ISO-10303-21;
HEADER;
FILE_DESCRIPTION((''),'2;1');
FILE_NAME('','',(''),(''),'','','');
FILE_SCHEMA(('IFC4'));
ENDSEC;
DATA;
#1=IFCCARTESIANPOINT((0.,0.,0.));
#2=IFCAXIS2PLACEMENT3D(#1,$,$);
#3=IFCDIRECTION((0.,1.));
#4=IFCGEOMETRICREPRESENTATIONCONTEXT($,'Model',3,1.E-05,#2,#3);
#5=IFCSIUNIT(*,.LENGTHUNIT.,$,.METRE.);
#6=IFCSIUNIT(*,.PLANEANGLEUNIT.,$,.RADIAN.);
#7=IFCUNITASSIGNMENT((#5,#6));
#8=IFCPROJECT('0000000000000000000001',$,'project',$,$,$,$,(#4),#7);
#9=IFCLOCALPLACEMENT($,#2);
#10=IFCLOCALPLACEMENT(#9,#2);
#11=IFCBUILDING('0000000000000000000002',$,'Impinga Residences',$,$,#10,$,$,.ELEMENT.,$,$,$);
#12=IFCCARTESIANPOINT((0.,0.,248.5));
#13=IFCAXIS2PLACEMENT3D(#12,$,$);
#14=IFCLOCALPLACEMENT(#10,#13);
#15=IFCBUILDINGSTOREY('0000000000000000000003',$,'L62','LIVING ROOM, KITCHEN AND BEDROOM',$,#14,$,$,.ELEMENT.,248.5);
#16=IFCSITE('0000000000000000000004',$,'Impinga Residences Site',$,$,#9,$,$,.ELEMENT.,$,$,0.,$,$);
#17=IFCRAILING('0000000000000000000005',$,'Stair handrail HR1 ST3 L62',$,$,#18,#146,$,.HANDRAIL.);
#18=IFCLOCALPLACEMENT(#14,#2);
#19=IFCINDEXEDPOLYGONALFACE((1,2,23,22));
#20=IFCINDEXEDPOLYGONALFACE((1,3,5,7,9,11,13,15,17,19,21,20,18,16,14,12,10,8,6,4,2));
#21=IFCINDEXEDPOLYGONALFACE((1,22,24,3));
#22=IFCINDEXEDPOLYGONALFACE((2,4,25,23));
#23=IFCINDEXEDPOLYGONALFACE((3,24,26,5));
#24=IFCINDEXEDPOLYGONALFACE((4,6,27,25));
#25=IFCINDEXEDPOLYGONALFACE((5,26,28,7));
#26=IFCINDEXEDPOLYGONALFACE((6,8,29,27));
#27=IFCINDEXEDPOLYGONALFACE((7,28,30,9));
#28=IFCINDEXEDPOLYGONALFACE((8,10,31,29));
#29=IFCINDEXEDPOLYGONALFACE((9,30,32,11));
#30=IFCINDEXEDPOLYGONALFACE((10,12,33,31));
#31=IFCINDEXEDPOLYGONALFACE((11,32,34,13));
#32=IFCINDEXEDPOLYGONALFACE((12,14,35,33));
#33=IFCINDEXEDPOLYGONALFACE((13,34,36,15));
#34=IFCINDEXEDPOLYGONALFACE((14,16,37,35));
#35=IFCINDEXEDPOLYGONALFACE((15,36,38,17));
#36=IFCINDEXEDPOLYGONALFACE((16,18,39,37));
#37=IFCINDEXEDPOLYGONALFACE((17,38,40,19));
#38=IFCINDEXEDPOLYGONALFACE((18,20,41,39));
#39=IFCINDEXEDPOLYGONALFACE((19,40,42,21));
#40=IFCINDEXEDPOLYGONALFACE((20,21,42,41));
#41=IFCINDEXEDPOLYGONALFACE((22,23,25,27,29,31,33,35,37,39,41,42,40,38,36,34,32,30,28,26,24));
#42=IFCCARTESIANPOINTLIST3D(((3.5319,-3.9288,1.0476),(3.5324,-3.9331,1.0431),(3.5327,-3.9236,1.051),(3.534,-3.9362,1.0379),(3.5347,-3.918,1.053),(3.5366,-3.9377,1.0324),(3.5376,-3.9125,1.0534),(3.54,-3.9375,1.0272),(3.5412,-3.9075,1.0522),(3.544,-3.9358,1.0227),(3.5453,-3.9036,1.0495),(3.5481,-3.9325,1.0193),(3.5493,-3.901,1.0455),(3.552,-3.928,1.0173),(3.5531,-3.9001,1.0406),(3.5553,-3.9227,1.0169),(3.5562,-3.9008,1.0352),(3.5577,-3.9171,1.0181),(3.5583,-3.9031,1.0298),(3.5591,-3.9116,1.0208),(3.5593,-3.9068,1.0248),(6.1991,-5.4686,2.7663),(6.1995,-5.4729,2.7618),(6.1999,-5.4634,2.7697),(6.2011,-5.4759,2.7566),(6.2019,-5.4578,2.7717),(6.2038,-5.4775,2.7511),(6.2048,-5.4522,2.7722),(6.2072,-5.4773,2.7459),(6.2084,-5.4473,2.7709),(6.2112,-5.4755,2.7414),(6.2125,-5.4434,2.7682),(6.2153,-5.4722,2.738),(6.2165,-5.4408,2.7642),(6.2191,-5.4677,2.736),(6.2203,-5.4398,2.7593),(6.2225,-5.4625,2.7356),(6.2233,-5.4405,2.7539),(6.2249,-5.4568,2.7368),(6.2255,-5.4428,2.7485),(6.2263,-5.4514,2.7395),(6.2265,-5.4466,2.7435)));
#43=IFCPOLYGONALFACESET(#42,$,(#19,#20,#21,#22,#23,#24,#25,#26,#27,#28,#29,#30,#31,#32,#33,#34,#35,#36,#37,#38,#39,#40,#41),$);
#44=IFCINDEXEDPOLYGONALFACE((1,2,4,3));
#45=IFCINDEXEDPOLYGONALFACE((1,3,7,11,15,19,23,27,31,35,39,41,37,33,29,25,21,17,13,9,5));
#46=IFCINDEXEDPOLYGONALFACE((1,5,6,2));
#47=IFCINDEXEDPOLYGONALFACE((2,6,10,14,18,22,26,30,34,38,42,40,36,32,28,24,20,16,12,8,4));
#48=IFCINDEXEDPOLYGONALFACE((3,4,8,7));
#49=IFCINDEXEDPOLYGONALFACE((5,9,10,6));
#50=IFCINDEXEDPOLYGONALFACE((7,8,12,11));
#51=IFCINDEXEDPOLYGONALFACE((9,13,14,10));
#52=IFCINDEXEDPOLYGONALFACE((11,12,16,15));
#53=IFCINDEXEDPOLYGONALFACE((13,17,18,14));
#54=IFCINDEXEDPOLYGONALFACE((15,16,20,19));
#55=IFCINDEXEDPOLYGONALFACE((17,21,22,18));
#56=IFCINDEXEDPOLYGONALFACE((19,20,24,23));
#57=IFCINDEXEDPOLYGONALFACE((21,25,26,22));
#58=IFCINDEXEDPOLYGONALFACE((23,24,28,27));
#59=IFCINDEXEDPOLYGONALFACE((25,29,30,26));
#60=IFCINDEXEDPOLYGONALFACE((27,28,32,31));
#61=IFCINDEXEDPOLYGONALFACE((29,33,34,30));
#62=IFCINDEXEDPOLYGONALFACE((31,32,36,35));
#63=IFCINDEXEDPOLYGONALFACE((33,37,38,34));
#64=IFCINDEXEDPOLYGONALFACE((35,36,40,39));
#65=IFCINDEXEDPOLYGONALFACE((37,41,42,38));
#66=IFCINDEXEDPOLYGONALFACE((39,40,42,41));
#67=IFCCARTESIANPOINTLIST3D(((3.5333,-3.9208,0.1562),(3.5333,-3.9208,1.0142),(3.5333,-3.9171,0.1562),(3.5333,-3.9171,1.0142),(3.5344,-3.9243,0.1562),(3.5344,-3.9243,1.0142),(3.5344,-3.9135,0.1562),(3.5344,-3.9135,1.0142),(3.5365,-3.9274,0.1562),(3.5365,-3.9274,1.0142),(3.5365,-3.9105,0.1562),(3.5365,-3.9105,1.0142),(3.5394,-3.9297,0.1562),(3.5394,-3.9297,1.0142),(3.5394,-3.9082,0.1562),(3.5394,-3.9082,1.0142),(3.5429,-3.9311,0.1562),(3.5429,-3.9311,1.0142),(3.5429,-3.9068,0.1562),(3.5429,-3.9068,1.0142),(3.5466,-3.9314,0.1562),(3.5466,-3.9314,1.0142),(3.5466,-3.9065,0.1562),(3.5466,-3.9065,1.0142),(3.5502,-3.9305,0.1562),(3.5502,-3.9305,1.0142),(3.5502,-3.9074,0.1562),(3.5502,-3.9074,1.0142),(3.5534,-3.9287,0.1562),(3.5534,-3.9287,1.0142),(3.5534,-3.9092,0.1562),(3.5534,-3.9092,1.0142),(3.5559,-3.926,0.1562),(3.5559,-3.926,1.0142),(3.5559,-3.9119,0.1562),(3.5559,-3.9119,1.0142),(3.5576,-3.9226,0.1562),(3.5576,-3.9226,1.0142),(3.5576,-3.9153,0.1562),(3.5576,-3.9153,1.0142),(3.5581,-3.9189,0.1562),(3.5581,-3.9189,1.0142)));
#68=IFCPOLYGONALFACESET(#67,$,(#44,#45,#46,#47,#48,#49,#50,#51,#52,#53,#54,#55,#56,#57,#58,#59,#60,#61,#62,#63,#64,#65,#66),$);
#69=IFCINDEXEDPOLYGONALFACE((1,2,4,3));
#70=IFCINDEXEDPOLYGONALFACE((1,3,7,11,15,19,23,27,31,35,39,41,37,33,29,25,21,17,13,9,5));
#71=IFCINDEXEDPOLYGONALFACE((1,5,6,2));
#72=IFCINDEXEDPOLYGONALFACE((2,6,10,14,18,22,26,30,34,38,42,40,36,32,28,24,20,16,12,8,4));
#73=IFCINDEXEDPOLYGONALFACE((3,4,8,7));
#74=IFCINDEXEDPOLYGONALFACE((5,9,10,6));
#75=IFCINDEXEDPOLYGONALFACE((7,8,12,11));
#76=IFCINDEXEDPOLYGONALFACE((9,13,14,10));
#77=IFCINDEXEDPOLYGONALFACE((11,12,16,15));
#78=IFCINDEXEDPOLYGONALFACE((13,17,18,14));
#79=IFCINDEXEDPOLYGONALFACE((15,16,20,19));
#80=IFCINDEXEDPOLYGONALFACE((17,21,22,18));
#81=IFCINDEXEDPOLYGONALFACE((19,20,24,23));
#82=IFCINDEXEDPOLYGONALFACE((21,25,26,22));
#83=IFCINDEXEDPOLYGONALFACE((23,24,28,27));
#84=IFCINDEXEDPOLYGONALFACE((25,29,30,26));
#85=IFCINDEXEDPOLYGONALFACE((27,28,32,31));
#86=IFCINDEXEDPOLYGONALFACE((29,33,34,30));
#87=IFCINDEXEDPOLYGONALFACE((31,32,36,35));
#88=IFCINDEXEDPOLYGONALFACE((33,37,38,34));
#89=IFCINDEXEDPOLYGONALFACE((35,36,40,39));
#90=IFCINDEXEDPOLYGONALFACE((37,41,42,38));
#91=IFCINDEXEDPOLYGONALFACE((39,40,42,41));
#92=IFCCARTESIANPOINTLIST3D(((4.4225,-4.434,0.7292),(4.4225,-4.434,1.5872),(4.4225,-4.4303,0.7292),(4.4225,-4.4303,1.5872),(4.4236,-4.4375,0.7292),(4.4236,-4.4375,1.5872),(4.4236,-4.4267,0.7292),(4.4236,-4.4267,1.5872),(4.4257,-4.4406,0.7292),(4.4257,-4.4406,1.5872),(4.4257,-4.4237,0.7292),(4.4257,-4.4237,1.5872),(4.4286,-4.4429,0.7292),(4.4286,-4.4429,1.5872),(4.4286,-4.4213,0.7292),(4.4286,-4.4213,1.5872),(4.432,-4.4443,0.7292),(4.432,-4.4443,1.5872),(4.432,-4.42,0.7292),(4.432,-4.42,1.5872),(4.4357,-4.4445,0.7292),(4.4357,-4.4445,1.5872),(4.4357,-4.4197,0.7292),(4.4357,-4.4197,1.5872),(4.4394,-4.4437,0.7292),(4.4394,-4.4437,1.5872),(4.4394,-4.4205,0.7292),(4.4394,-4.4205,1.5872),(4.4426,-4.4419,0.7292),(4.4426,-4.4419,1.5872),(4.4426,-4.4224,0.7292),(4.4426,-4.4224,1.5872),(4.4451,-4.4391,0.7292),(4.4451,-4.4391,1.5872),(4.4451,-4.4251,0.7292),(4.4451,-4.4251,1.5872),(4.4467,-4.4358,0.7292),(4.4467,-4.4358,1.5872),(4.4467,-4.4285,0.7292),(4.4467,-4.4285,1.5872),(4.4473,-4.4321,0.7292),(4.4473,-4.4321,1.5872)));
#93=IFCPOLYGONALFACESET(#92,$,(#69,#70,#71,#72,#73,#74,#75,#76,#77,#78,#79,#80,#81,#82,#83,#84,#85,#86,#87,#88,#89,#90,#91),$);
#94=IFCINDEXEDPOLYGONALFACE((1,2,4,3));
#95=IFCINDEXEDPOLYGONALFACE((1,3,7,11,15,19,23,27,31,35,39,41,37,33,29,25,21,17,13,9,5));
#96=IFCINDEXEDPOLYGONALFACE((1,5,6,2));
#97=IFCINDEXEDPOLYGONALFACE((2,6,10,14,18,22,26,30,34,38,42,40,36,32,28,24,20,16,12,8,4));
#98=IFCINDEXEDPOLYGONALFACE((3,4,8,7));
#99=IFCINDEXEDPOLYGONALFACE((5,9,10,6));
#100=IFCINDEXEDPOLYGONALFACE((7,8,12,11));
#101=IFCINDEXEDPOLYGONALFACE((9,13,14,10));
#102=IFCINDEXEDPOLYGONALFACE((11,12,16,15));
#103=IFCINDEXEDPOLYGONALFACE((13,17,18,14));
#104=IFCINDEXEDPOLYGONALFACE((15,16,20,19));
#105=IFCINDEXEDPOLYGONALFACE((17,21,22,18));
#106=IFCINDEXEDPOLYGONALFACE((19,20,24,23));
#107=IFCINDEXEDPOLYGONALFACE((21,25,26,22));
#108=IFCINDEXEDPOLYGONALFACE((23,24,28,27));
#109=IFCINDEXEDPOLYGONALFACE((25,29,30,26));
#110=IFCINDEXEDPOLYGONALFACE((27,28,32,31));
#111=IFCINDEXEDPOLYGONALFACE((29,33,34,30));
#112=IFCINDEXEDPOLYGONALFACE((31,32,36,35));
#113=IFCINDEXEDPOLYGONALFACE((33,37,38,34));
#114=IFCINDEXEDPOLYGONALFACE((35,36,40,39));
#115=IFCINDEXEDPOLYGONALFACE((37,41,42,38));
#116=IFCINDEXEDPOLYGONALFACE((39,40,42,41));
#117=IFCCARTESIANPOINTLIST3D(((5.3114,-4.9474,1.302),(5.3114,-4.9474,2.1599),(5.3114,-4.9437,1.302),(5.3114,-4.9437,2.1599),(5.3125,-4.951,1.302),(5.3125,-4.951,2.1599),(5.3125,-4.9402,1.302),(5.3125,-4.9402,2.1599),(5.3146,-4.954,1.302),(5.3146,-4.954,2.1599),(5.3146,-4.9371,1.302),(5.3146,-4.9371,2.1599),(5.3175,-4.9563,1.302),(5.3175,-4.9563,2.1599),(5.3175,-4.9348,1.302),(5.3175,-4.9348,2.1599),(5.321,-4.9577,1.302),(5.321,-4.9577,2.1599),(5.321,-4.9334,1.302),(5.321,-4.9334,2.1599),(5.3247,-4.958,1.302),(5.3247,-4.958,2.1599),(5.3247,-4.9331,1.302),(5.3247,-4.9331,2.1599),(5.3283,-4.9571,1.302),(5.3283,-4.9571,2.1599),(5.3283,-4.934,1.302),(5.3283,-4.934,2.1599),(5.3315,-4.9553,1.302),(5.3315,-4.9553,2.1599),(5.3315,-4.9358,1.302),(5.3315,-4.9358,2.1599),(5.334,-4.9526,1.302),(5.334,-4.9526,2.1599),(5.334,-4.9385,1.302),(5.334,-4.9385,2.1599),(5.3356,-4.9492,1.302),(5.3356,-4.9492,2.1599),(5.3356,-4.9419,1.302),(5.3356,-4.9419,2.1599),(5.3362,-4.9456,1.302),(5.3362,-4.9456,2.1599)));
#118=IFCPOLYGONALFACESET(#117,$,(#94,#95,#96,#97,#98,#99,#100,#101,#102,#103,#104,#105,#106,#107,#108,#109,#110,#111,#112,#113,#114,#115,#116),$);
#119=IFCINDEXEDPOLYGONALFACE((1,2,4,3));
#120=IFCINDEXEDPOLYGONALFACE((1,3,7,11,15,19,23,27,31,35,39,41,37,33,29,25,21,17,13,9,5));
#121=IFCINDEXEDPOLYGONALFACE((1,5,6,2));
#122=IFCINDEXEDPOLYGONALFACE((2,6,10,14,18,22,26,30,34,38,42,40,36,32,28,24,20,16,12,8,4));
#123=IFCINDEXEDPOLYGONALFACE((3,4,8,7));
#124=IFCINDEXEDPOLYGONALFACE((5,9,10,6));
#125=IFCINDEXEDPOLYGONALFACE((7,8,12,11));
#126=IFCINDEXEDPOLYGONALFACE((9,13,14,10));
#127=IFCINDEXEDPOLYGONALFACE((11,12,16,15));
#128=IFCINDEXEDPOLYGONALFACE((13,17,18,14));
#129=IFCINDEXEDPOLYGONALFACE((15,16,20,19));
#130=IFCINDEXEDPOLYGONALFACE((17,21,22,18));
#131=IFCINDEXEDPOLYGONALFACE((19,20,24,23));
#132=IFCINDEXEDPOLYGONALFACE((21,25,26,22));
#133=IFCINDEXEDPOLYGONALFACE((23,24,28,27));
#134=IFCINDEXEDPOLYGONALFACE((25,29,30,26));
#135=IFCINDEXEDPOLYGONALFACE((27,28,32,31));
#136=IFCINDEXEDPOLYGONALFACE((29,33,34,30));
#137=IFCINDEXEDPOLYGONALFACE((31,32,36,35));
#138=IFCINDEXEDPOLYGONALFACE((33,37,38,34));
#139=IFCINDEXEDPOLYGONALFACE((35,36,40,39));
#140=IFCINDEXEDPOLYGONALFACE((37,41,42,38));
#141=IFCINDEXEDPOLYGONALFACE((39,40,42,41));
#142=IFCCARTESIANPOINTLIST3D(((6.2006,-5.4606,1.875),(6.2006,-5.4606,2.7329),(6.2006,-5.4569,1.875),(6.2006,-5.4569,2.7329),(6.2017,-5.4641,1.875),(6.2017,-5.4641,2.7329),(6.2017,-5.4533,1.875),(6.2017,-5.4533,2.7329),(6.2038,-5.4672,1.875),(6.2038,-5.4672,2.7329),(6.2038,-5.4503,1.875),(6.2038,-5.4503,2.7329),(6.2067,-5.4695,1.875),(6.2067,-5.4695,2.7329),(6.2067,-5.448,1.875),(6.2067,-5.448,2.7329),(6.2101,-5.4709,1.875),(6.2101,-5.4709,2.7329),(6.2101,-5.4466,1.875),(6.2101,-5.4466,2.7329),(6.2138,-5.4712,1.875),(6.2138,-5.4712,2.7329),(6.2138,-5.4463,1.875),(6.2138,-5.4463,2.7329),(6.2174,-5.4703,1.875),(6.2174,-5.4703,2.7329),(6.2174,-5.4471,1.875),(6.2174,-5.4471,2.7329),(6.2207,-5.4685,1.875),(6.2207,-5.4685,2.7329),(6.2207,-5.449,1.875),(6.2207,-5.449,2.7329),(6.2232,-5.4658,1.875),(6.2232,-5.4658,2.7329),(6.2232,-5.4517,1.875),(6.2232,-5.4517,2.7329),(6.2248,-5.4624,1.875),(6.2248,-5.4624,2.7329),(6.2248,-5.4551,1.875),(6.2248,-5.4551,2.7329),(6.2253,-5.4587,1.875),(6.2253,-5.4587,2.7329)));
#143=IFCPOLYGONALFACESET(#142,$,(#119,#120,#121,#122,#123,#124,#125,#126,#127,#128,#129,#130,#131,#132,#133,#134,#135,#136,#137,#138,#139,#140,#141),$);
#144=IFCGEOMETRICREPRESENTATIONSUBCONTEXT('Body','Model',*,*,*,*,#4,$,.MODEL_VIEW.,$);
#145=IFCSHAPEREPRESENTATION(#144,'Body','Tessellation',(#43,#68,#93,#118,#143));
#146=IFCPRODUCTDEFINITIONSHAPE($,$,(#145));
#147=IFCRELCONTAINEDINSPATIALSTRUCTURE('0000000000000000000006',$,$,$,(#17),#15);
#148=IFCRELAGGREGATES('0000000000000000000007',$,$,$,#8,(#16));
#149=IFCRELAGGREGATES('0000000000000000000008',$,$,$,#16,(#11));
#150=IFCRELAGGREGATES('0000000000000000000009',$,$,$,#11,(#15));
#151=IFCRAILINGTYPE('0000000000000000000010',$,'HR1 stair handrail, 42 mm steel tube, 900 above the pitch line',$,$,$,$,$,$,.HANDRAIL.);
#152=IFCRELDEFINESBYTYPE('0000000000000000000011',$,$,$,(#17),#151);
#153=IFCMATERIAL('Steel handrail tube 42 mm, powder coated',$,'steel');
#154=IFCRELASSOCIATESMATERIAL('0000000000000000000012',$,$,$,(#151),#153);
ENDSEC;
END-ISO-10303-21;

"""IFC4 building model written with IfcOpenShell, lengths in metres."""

from ifc_helpers import new_model, si_unit, direction, frame, origin, origin_2d, place, context, subcontext, project, spatial, circle, extrude, material, type_object, element, save


model = new_model("IFC4")

# Units and contexts
model_context = context("Model", 3, precision=1e-05, world=origin(), true_north=direction((0.0, 1.0)))
body_context = subcontext(model_context, "Body", "Model", "MODEL_VIEW")
ifc_project = project(units=[si_unit("LENGTHUNIT", "METRE"), si_unit("PLANEANGLEUNIT", "RADIAN")], contexts=[model_context])

# Site, building, storey
site_placement = place(None, origin())
site = spatial("IfcSite", under=ifc_project, at=site_placement, Name="Impinga Residences Site", CompositionType="ELEMENT", RefElevation=0.0)
building_placement = place(site_placement, origin())
building = spatial("IfcBuilding", under=site, at=building_placement, Name="Impinga Residences", CompositionType="ELEMENT")
storey_placement = place(building_placement, frame((0.0, 0.0, 248.5)))
storey = spatial("IfcBuildingStorey", under=building, at=storey_placement, Name="L62", Description="LIVING ROOM, KITCHEN AND BEDROOM", CompositionType="ELEMENT", Elevation=248.5)

# Railing
ifc_material_1 = material(Name="Steel handrail tube 42 mm, powder coated", Category="steel")
railing_type_1 = type_object("IfcRailingType", Name="HR1 stair handrail, 42 mm steel tube, 900 above the pitch line", PredefinedType="HANDRAIL", material=ifc_material_1)
railing_1_placement = place(storey_placement, frame((3.5457, -3.9189, 0.1562)))
element("IfcRailing", 1, at=railing_1_placement, inside=storey, type_object=railing_type_1, Name="Stair handrail HR1 ST3 L62", PredefinedType="HANDRAIL", context=body_context, shape_type="SweptSolid", body=[
    extrude(circle(Radius=0.021, at=origin_2d()), frame((0.0, 0.0, 0.8789), z_axis=(0.756249, -0.436582, 0.487322), x_axis=(0.499967, 0.866044, 0.0)), (0.0, 0.0, 1.0), 3.5269),
    extrude(circle(Radius=0.0125, at=origin_2d()), origin(), (0.0, 0.0, 1.0), 0.8579),
    extrude(circle(Radius=0.0125, at=origin_2d()), frame((0.8892, -0.5132, 0.573)), (0.0, 0.0, 1.0), 0.8579),
    extrude(circle(Radius=0.0125, at=origin_2d()), frame((1.7781, -1.0266, 1.1458)), (0.0, 0.0, 1.0), 0.8579),
    extrude(circle(Radius=0.0125, at=origin_2d()), frame((2.6672, -1.5398, 1.7188)), (0.0, 0.0, 1.0), 0.8579),
])

save(model, "model.ifc")
